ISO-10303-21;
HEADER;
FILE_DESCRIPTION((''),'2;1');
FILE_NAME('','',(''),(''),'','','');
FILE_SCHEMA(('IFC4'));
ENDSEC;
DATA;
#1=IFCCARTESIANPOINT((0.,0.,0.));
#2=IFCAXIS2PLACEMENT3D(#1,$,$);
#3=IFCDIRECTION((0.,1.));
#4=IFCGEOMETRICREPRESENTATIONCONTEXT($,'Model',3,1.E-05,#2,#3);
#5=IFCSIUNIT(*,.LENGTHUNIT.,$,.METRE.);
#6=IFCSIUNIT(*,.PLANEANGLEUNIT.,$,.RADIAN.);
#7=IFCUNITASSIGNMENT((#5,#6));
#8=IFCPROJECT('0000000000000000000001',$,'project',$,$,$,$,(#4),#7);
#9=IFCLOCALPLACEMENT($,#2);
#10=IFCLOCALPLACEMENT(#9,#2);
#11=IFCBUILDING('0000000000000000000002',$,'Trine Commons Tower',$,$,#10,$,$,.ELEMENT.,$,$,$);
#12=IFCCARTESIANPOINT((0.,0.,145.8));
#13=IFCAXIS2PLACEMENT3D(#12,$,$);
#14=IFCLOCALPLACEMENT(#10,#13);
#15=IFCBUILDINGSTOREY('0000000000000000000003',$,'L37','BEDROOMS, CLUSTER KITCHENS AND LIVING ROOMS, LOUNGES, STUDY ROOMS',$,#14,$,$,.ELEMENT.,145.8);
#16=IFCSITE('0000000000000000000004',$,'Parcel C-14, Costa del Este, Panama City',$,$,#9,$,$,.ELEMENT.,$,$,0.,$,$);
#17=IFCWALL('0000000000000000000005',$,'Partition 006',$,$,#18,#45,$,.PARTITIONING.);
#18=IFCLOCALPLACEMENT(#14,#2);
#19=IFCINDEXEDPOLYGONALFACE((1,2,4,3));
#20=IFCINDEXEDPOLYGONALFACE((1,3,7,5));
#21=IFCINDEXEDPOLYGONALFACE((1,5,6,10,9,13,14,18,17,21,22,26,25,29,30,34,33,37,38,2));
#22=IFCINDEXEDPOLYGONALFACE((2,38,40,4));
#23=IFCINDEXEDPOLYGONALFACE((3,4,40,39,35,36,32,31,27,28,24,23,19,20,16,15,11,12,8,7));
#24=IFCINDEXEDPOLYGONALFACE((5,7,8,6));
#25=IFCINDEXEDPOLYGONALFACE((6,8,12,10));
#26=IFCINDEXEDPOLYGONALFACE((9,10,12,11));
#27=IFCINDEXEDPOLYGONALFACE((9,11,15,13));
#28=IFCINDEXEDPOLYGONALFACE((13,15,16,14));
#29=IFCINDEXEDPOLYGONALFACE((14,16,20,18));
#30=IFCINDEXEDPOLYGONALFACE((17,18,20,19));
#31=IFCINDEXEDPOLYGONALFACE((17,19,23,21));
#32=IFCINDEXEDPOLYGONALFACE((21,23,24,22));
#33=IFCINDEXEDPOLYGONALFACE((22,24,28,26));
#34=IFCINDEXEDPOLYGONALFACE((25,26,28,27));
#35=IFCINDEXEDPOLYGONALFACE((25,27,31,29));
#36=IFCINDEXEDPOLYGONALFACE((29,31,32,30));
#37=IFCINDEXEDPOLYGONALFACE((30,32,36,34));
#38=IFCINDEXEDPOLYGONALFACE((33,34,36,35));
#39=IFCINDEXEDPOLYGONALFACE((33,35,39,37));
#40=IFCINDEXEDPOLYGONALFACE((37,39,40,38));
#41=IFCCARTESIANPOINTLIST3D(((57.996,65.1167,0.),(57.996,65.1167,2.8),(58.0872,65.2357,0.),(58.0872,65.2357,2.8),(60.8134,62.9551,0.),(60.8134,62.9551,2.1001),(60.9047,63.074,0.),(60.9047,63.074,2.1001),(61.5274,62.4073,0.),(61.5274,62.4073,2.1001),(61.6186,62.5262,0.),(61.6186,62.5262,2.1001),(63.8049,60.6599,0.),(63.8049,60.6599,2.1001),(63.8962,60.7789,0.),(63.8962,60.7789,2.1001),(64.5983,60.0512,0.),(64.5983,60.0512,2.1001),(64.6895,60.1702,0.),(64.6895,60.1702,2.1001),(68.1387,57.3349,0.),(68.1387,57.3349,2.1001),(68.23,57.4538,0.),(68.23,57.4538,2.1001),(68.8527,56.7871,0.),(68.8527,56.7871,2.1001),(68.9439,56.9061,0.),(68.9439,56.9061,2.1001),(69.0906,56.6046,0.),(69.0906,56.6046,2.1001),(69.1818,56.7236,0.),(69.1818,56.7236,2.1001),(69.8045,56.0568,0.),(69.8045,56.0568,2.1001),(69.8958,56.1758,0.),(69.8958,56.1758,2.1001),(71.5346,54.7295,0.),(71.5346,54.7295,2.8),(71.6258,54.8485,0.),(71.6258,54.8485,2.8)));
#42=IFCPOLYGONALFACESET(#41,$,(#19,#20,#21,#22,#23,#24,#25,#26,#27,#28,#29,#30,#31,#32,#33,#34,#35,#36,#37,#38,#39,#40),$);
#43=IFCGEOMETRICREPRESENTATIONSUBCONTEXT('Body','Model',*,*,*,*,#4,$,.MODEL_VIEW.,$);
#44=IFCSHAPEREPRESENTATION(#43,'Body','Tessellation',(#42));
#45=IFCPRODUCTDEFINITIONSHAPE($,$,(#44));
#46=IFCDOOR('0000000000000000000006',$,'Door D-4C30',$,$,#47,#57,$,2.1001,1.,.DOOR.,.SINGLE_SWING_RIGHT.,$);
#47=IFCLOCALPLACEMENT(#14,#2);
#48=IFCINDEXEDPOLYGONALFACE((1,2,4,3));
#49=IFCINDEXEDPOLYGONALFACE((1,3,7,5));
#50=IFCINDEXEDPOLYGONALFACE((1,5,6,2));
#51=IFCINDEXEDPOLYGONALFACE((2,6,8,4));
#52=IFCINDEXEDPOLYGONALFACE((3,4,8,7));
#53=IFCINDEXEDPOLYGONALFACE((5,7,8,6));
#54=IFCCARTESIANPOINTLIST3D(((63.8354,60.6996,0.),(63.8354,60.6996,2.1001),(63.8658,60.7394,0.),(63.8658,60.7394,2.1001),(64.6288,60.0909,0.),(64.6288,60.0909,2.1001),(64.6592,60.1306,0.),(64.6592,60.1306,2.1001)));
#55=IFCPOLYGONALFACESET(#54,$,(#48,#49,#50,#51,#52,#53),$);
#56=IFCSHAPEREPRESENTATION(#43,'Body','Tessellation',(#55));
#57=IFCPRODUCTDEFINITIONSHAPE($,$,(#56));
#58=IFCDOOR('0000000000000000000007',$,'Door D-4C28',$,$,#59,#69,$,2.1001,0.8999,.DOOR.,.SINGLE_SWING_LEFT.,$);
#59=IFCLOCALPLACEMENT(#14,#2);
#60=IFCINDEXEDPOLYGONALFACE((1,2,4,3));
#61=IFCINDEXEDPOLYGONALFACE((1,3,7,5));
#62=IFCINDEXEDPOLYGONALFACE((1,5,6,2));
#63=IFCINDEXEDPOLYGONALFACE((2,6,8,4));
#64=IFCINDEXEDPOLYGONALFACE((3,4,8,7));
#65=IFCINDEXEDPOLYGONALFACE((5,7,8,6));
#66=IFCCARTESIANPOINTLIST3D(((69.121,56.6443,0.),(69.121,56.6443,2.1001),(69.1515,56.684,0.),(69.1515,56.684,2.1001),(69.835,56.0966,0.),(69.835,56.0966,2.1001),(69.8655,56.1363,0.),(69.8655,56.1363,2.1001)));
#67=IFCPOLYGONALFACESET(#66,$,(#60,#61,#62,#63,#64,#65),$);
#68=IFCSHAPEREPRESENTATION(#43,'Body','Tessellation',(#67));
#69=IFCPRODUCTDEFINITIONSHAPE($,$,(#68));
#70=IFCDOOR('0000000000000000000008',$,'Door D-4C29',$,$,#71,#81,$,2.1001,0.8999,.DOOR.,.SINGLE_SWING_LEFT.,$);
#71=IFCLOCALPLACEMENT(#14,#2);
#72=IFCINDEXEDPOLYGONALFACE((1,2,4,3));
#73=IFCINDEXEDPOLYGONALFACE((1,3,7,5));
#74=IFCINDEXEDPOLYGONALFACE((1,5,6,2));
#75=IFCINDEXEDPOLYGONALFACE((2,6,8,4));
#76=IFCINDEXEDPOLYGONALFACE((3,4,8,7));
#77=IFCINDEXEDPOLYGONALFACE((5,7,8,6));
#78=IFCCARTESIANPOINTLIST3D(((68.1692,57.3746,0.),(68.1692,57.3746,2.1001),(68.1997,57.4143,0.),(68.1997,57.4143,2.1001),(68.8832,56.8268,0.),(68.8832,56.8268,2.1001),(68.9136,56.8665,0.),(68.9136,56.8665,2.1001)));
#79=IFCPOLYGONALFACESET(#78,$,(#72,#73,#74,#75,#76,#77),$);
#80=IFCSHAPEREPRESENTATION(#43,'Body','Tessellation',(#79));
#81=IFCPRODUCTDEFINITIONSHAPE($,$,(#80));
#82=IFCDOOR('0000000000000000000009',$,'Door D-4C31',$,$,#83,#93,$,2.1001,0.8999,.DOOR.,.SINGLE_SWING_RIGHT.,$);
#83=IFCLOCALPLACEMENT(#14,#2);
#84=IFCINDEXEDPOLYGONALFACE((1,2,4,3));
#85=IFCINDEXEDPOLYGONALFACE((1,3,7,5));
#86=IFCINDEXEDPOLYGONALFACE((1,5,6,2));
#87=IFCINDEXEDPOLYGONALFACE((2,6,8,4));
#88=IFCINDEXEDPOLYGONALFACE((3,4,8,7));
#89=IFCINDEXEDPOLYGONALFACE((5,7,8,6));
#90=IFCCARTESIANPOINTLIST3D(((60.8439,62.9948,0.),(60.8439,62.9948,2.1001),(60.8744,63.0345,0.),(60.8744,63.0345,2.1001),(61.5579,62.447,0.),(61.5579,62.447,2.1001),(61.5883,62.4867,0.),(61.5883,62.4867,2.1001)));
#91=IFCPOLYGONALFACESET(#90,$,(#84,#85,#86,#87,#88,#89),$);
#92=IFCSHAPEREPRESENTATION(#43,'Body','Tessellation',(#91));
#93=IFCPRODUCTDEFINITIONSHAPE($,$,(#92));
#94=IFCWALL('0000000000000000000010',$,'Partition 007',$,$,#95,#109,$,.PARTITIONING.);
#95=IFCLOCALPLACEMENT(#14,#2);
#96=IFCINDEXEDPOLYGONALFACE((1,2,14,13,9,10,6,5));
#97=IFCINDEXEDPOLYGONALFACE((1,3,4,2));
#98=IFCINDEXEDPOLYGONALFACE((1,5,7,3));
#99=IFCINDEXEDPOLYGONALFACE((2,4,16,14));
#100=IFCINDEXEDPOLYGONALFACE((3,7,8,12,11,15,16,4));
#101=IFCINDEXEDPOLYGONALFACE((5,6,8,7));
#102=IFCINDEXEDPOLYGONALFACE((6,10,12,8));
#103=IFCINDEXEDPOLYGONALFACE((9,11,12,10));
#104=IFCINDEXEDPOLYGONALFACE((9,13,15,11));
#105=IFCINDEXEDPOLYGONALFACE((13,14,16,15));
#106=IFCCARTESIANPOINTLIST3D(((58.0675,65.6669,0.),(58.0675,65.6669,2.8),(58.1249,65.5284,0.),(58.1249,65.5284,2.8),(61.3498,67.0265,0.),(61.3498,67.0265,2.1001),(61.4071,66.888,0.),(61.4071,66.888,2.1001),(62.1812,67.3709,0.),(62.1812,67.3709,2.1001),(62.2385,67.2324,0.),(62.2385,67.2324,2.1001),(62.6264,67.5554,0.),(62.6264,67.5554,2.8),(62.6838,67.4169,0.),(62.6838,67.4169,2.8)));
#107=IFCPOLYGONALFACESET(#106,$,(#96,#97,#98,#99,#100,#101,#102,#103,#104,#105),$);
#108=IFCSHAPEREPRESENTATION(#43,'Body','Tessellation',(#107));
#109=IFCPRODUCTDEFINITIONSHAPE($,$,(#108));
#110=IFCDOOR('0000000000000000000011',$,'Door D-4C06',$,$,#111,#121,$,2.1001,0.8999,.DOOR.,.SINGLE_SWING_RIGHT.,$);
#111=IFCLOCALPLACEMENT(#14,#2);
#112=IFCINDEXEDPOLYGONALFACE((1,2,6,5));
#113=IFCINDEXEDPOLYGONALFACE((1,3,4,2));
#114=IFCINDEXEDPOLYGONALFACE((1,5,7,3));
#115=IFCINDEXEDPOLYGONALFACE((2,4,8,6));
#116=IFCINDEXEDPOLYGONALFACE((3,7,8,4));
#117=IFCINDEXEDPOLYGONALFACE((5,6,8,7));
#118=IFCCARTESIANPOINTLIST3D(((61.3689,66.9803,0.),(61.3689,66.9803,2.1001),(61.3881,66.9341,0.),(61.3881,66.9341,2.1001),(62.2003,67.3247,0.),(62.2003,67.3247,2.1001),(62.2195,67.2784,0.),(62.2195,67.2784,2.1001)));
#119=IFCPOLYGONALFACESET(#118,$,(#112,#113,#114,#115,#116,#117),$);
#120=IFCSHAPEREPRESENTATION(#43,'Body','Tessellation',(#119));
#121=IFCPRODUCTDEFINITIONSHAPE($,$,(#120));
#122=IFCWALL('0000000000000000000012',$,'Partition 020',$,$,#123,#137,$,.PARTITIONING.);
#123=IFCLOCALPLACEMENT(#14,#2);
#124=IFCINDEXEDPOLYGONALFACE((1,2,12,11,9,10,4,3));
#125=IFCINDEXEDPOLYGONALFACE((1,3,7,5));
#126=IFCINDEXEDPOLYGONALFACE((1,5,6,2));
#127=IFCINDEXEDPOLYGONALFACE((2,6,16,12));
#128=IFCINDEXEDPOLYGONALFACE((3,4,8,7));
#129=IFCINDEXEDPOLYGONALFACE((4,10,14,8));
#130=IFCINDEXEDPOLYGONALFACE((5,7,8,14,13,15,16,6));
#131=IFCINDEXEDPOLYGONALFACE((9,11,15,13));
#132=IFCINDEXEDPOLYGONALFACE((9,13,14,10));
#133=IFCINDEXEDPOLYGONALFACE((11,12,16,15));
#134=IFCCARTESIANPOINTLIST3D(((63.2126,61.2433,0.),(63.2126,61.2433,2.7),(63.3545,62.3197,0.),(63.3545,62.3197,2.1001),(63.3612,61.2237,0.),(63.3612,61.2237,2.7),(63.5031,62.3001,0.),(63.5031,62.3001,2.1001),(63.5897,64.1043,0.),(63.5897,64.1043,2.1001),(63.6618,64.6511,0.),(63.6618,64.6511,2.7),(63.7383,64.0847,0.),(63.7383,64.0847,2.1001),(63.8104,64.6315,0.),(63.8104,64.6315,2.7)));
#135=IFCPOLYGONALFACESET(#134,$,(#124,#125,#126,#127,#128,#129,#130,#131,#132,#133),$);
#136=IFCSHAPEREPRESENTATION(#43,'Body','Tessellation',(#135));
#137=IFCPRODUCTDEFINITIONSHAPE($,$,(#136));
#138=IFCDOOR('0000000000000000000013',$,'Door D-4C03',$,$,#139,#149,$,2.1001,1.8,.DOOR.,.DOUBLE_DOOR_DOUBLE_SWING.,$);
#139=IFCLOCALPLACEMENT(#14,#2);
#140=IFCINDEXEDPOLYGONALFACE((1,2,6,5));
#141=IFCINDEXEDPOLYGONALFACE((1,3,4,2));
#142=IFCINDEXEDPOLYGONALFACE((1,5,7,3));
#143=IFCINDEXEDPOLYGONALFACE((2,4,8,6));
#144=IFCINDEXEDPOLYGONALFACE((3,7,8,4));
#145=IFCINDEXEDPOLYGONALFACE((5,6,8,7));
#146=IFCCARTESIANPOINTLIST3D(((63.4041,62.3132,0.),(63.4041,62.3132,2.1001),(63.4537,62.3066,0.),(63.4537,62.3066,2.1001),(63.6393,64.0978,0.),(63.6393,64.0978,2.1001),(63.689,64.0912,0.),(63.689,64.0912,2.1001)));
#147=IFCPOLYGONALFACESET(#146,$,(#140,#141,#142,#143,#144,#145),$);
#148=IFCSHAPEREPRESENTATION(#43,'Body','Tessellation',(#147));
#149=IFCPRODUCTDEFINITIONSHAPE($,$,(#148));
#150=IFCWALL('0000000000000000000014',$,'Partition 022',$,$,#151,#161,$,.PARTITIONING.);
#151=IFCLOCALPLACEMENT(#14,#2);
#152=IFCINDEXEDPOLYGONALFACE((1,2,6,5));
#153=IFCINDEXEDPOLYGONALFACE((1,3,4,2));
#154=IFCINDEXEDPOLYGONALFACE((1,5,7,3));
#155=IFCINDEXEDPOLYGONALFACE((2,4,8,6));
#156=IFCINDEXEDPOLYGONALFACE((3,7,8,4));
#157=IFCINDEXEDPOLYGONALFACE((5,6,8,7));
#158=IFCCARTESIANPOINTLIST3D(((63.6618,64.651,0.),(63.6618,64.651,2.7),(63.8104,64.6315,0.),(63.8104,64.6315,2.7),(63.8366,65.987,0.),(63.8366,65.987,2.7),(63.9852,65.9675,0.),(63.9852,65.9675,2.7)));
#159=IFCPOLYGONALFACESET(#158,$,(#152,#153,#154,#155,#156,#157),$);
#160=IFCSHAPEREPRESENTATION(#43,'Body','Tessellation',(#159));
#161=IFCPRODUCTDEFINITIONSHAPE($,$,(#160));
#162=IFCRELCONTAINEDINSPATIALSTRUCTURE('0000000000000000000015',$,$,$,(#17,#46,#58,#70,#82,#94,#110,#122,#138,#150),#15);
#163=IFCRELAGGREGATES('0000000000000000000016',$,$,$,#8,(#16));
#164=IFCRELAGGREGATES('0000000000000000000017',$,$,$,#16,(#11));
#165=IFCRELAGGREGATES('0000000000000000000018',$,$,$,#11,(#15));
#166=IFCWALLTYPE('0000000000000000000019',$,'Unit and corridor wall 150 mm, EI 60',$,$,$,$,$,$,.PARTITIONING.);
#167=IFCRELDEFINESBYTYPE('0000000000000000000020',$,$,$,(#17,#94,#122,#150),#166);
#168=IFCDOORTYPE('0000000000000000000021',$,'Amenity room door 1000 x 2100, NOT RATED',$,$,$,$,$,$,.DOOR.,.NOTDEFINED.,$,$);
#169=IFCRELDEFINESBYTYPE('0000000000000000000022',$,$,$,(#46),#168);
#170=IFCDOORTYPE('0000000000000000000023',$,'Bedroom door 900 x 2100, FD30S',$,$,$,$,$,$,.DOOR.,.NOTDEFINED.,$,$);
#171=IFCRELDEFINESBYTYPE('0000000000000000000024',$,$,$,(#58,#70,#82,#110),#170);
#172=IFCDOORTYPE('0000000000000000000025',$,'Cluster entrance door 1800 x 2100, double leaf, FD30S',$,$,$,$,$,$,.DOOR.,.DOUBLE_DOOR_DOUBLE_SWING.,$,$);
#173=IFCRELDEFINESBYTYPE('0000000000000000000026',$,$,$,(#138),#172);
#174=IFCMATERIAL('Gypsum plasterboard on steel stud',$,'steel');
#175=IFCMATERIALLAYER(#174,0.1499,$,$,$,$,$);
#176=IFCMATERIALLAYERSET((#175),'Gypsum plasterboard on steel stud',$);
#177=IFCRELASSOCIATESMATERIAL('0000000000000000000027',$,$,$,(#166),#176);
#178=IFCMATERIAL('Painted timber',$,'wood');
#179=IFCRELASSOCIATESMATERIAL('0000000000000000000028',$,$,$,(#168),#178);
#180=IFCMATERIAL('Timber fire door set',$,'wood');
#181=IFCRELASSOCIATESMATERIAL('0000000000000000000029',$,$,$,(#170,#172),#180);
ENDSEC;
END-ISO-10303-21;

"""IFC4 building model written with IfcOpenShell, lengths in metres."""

from ifc_helpers import new_model, si_unit, direction, frame, frame_2d, origin, place, context, subcontext, project, spatial, rectangle, extrude, material, layer, layer_set, type_object, element, fill, save


model = new_model("IFC4")

# Units and contexts
model_context = context("Model", 3, precision=1e-05, world=origin(), true_north=direction((0.0, 1.0)))
body_context = subcontext(model_context, "Body", "Model", "MODEL_VIEW")
ifc_project = project(units=[si_unit("LENGTHUNIT", "METRE"), si_unit("PLANEANGLEUNIT", "RADIAN")], contexts=[model_context])

# Site, building, storey
site_placement = place(None, origin())
site = spatial("IfcSite", under=ifc_project, at=site_placement, Name="Parcel C-14, Costa del Este, Panama City", CompositionType="ELEMENT", RefElevation=0.0)
building_placement = place(site_placement, origin())
building = spatial("IfcBuilding", under=site, at=building_placement, Name="Trine Commons Tower", CompositionType="ELEMENT")
storey_placement = place(building_placement, frame((0.0, 0.0, 145.8)))
storey = spatial("IfcBuildingStorey", under=building, at=storey_placement, Name="L37", Description="BEDROOMS, CLUSTER KITCHENS AND LIVING ROOMS, LOUNGES, STUDY ROOMS", CompositionType="ELEMENT", Elevation=145.8)

# Wall, openings, doors
ifc_material_1 = material(Name="Gypsum plasterboard on steel stud", Category="steel")
ifc_layer_1 = layer(ifc_material_1, 0.1499)
ifc_layer_set_1 = layer_set([ifc_layer_1], Name="Gypsum plasterboard on steel stud")
wall_type_1 = type_object("IfcWallType", Name="Unit and corridor wall 150 mm, EI 60", PredefinedType="PARTITIONING", material=ifc_layer_set_1)
wall_1_placement = place(storey_placement, frame((58.0415, 65.1763, 0.0), z_axis=(0.0, 0.0, 1.0), x_axis=(0.79339, -0.608713, 0.0)))
wall_1 = element("IfcWall", 1, at=wall_1_placement, inside=storey, type_object=wall_type_1, Name="Partition 006", PredefinedType="PARTITIONING", context=body_context, shape_type="SweptSolid", body=[
    extrude(rectangle(XDim=17.0642, YDim=0.1499, at=frame_2d((8.5322, 0.0))), origin(), (0.0, 0.0, 1.0), 2.8),
])
opening_1_placement = place(wall_1_placement, frame((13.9839, 0.0, 0.0)))
opening_1 = element("IfcOpeningElement", 2, at=opening_1_placement, cuts=wall_1, PredefinedType="OPENING", context=body_context, shape_type="SweptSolid", body=[
    extrude(rectangle(XDim=0.8999, YDim=2.1001, at=frame_2d((0.45, 1.05))), frame((0.0, 0.085, 0.0), z_axis=(0.0, -1.0, 0.0), x_axis=(1.0, 0.0, 0.0)), (0.0, 0.0, 1.0), 0.1699),
])
opening_2_placement = place(wall_1_placement, frame((12.7842, 0.0, 0.0)))
opening_2 = element("IfcOpeningElement", 3, at=opening_2_placement, cuts=wall_1, PredefinedType="OPENING", context=body_context, shape_type="SweptSolid", body=[
    extrude(rectangle(XDim=0.8999, YDim=2.1001, at=frame_2d((0.45, 1.05))), frame((0.0, 0.085, 0.0), z_axis=(0.0, -1.0, 0.0), x_axis=(1.0, 0.0, 0.0)), (0.0, 0.0, 1.0), 0.1699),
])
opening_3_placement = place(wall_1_placement, frame((7.3218, 0.0, 0.0)))
opening_3 = element("IfcOpeningElement", 4, at=opening_3_placement, cuts=wall_1, PredefinedType="OPENING", context=body_context, shape_type="SweptSolid", body=[
    extrude(rectangle(XDim=1.0, YDim=2.1001, at=frame_2d((0.5, 1.05))), frame((0.0, 0.085, 0.0), z_axis=(0.0, -1.0, 0.0), x_axis=(1.0, 0.0, 0.0)), (0.0, 0.0, 1.0), 0.1699),
])
opening_4_placement = place(wall_1_placement, frame((3.5513, 0.0, 0.0)))
opening_4 = element("IfcOpeningElement", 5, at=opening_4_placement, cuts=wall_1, PredefinedType="OPENING", context=body_context, shape_type="SweptSolid", body=[
    extrude(rectangle(XDim=0.8999, YDim=2.1001, at=frame_2d((0.45, 1.05))), frame((0.0, 0.085, 0.0), z_axis=(0.0, -1.0, 0.0), x_axis=(1.0, 0.0, 0.0)), (0.0, 0.0, 1.0), 0.1699),
])
ifc_material_2 = material(Name="Painted timber", Category="wood")
door_type_1 = type_object("IfcDoorType", Name="Amenity room door 1000 x 2100, NOT RATED", OperationType="NOTDEFINED", PredefinedType="DOOR", material=ifc_material_2)
door_1_placement = place(opening_3_placement, frame((1.0, 0.0, 0.0), z_axis=(0.0, 0.0, 1.0), x_axis=(-1.0, 0.0, 0.0)))
door_1 = element("IfcDoor", 6, at=door_1_placement, inside=storey, type_object=door_type_1, Name="Door D-4C30", OperationType="SINGLE_SWING_RIGHT", OverallHeight=2.1001, OverallWidth=1.0, PredefinedType="DOOR", context=body_context, shape_type="SweptSolid", body=[
    extrude(rectangle(XDim=1.0, YDim=2.1001, at=frame_2d((0.5, 1.05))), frame((0.0, 0.0249, 0.0), z_axis=(0.0, -1.0, 0.0), x_axis=(1.0, 0.0, 0.0)), (0.0, 0.0, 1.0), 0.05),
])
fill(opening_3, door_1)
ifc_material_3 = material(Name="Timber fire door set", Category="wood")
door_type_2 = type_object("IfcDoorType", Name="Bedroom door 900 x 2100, FD30S", OperationType="NOTDEFINED", PredefinedType="DOOR", material=ifc_material_3)
door_2_placement = place(opening_1_placement, frame((0.8999, 0.0, 0.0), z_axis=(0.0, 0.0, 1.0), x_axis=(-1.0, 0.0, 0.0)))
door_2 = element("IfcDoor", 7, at=door_2_placement, inside=storey, type_object=door_type_2, Name="Door D-4C28", OperationType="SINGLE_SWING_LEFT", OverallHeight=2.1001, OverallWidth=0.8999, PredefinedType="DOOR", context=body_context, shape_type="SweptSolid", body=[
    extrude(rectangle(XDim=0.8999, YDim=2.1001, at=frame_2d((0.45, 1.05))), frame((0.0, 0.0249, 0.0), z_axis=(0.0, -1.0, 0.0), x_axis=(1.0, 0.0, 0.0)), (0.0, 0.0, 1.0), 0.05),
])
fill(opening_1, door_2)
door_3_placement = place(opening_2_placement, frame((0.8999, 0.0, 0.0), z_axis=(0.0, 0.0, 1.0), x_axis=(-1.0, 0.0, 0.0)))
door_3 = element("IfcDoor", 8, at=door_3_placement, inside=storey, type_object=door_type_2, Name="Door D-4C29", OperationType="SINGLE_SWING_LEFT", OverallHeight=2.1001, OverallWidth=0.8999, PredefinedType="DOOR", context=body_context, shape_type="SweptSolid", body=[
    extrude(rectangle(XDim=0.8999, YDim=2.1001, at=frame_2d((0.45, 1.05))), frame((0.0, 0.0249, 0.0), z_axis=(0.0, -1.0, 0.0), x_axis=(1.0, 0.0, 0.0)), (0.0, 0.0, 1.0), 0.05),
])
fill(opening_2, door_3)
door_4_placement = place(opening_4_placement, frame((0.8999, 0.0, 0.0), z_axis=(0.0, 0.0, 1.0), x_axis=(-1.0, 0.0, 0.0)))
door_4 = element("IfcDoor", 9, at=door_4_placement, inside=storey, type_object=door_type_2, Name="Door D-4C31", OperationType="SINGLE_SWING_RIGHT", OverallHeight=2.1001, OverallWidth=0.8999, PredefinedType="DOOR", context=body_context, shape_type="SweptSolid", body=[
    extrude(rectangle(XDim=0.8999, YDim=2.1001, at=frame_2d((0.45, 1.05))), frame((0.0, 0.0249, 0.0), z_axis=(0.0, -1.0, 0.0), x_axis=(1.0, 0.0, 0.0)), (0.0, 0.0, 1.0), 0.05),
])
fill(opening_4, door_4)

# Walls, openings, doors
wall_2_placement = place(storey_placement, frame((58.0962, 65.5977, 0.0), z_axis=(0.0, 0.0, 1.0), x_axis=(0.923873, 0.3827, 0.0)))
wall_2 = element("IfcWall", 10, at=wall_2_placement, inside=storey, type_object=wall_type_1, Name="Partition 007", PredefinedType="PARTITIONING", context=body_context, shape_type="SweptSolid", body=[
    extrude(rectangle(XDim=4.9346, YDim=0.1499, at=frame_2d((2.4673, 0.0))), origin(), (0.0, 0.0, 1.0), 2.8),
])
opening_5_placement = place(wall_2_placement, frame((3.5527, 0.0, 0.0)))
opening_5 = element("IfcOpeningElement", 11, at=opening_5_placement, cuts=wall_2, PredefinedType="OPENING", context=body_context, shape_type="SweptSolid", body=[
    extrude(rectangle(XDim=0.8999, YDim=2.1001, at=frame_2d((0.45, 1.05))), frame((0.0, 0.085, 0.0), z_axis=(0.0, -1.0, 0.0), x_axis=(1.0, 0.0, 0.0)), (0.0, 0.0, 1.0), 0.1699),
])
door_5_placement = place(opening_5_placement, origin())
door_5 = element("IfcDoor", 12, at=door_5_placement, inside=storey, type_object=door_type_2, Name="Door D-4C06", OperationType="SINGLE_SWING_RIGHT", OverallHeight=2.1001, OverallWidth=0.8999, PredefinedType="DOOR", context=body_context, shape_type="SweptSolid", body=[
    extrude(rectangle(XDim=0.8999, YDim=2.1001, at=frame_2d((0.45, 1.05))), frame((0.0, 0.0249, 0.0), z_axis=(0.0, -1.0, 0.0), x_axis=(1.0, 0.0, 0.0)), (0.0, 0.0, 1.0), 0.05),
])
fill(opening_5, door_5)
wall_3_placement = place(storey_placement, frame((63.2869, 61.2334, 0.0), z_axis=(0.0, 0.0, 1.0), x_axis=(0.130693, 0.991423, 0.0)))
wall_3 = element("IfcWall", 13, at=wall_3_placement, inside=storey, type_object=wall_type_1, Name="Partition 020", PredefinedType="PARTITIONING", context=body_context, shape_type="SweptSolid", body=[
    extrude(rectangle(XDim=3.4373, YDim=0.1499, at=frame_2d((1.7188, 0.0))), origin(), (0.0, 0.0, 1.0), 2.7),
])
opening_6_placement = place(wall_3_placement, frame((1.0859, 0.0, 0.0)))
opening_6 = element("IfcOpeningElement", 14, at=opening_6_placement, cuts=wall_3, PredefinedType="OPENING", context=body_context, shape_type="SweptSolid", body=[
    extrude(rectangle(XDim=1.8, YDim=2.1001, at=frame_2d((0.8999, 1.05))), frame((0.0, 0.085, 0.0), z_axis=(0.0, -1.0, 0.0), x_axis=(1.0, 0.0, 0.0)), (0.0, 0.0, 1.0), 0.1699),
])
door_type_3 = type_object("IfcDoorType", Name="Cluster entrance door 1800 x 2100, double leaf, FD30S", OperationType="DOUBLE_DOOR_DOUBLE_SWING", PredefinedType="DOOR", material=ifc_material_3)
door_6_placement = place(opening_6_placement, origin())
door_6 = element("IfcDoor", 15, at=door_6_placement, inside=storey, type_object=door_type_3, Name="Door D-4C03", OperationType="DOUBLE_DOOR_DOUBLE_SWING", OverallHeight=2.1001, OverallWidth=1.8, PredefinedType="DOOR", context=body_context, shape_type="SweptSolid", body=[
    extrude(rectangle(XDim=1.8, YDim=2.1001, at=frame_2d((0.8999, 1.05))), frame((0.0, 0.0249, 0.0), z_axis=(0.0, -1.0, 0.0), x_axis=(1.0, 0.0, 0.0)), (0.0, 0.0, 1.0), 0.05),
])
fill(opening_6, door_6)

# Wall
wall_4_placement = place(storey_placement, frame((63.7361, 64.6411, 0.0), z_axis=(0.0, 0.0, 1.0), x_axis=(0.129742, 0.991548, 0.0)))
element("IfcWall", 16, at=wall_4_placement, inside=storey, type_object=wall_type_1, Name="Partition 022", PredefinedType="PARTITIONING", context=body_context, shape_type="SweptSolid", body=[
    extrude(rectangle(XDim=1.3474, YDim=0.1499, at=frame_2d((0.6738, 0.0))), origin(), (0.0, 0.0, 1.0), 2.7),
])

save(model, "model.ifc")
